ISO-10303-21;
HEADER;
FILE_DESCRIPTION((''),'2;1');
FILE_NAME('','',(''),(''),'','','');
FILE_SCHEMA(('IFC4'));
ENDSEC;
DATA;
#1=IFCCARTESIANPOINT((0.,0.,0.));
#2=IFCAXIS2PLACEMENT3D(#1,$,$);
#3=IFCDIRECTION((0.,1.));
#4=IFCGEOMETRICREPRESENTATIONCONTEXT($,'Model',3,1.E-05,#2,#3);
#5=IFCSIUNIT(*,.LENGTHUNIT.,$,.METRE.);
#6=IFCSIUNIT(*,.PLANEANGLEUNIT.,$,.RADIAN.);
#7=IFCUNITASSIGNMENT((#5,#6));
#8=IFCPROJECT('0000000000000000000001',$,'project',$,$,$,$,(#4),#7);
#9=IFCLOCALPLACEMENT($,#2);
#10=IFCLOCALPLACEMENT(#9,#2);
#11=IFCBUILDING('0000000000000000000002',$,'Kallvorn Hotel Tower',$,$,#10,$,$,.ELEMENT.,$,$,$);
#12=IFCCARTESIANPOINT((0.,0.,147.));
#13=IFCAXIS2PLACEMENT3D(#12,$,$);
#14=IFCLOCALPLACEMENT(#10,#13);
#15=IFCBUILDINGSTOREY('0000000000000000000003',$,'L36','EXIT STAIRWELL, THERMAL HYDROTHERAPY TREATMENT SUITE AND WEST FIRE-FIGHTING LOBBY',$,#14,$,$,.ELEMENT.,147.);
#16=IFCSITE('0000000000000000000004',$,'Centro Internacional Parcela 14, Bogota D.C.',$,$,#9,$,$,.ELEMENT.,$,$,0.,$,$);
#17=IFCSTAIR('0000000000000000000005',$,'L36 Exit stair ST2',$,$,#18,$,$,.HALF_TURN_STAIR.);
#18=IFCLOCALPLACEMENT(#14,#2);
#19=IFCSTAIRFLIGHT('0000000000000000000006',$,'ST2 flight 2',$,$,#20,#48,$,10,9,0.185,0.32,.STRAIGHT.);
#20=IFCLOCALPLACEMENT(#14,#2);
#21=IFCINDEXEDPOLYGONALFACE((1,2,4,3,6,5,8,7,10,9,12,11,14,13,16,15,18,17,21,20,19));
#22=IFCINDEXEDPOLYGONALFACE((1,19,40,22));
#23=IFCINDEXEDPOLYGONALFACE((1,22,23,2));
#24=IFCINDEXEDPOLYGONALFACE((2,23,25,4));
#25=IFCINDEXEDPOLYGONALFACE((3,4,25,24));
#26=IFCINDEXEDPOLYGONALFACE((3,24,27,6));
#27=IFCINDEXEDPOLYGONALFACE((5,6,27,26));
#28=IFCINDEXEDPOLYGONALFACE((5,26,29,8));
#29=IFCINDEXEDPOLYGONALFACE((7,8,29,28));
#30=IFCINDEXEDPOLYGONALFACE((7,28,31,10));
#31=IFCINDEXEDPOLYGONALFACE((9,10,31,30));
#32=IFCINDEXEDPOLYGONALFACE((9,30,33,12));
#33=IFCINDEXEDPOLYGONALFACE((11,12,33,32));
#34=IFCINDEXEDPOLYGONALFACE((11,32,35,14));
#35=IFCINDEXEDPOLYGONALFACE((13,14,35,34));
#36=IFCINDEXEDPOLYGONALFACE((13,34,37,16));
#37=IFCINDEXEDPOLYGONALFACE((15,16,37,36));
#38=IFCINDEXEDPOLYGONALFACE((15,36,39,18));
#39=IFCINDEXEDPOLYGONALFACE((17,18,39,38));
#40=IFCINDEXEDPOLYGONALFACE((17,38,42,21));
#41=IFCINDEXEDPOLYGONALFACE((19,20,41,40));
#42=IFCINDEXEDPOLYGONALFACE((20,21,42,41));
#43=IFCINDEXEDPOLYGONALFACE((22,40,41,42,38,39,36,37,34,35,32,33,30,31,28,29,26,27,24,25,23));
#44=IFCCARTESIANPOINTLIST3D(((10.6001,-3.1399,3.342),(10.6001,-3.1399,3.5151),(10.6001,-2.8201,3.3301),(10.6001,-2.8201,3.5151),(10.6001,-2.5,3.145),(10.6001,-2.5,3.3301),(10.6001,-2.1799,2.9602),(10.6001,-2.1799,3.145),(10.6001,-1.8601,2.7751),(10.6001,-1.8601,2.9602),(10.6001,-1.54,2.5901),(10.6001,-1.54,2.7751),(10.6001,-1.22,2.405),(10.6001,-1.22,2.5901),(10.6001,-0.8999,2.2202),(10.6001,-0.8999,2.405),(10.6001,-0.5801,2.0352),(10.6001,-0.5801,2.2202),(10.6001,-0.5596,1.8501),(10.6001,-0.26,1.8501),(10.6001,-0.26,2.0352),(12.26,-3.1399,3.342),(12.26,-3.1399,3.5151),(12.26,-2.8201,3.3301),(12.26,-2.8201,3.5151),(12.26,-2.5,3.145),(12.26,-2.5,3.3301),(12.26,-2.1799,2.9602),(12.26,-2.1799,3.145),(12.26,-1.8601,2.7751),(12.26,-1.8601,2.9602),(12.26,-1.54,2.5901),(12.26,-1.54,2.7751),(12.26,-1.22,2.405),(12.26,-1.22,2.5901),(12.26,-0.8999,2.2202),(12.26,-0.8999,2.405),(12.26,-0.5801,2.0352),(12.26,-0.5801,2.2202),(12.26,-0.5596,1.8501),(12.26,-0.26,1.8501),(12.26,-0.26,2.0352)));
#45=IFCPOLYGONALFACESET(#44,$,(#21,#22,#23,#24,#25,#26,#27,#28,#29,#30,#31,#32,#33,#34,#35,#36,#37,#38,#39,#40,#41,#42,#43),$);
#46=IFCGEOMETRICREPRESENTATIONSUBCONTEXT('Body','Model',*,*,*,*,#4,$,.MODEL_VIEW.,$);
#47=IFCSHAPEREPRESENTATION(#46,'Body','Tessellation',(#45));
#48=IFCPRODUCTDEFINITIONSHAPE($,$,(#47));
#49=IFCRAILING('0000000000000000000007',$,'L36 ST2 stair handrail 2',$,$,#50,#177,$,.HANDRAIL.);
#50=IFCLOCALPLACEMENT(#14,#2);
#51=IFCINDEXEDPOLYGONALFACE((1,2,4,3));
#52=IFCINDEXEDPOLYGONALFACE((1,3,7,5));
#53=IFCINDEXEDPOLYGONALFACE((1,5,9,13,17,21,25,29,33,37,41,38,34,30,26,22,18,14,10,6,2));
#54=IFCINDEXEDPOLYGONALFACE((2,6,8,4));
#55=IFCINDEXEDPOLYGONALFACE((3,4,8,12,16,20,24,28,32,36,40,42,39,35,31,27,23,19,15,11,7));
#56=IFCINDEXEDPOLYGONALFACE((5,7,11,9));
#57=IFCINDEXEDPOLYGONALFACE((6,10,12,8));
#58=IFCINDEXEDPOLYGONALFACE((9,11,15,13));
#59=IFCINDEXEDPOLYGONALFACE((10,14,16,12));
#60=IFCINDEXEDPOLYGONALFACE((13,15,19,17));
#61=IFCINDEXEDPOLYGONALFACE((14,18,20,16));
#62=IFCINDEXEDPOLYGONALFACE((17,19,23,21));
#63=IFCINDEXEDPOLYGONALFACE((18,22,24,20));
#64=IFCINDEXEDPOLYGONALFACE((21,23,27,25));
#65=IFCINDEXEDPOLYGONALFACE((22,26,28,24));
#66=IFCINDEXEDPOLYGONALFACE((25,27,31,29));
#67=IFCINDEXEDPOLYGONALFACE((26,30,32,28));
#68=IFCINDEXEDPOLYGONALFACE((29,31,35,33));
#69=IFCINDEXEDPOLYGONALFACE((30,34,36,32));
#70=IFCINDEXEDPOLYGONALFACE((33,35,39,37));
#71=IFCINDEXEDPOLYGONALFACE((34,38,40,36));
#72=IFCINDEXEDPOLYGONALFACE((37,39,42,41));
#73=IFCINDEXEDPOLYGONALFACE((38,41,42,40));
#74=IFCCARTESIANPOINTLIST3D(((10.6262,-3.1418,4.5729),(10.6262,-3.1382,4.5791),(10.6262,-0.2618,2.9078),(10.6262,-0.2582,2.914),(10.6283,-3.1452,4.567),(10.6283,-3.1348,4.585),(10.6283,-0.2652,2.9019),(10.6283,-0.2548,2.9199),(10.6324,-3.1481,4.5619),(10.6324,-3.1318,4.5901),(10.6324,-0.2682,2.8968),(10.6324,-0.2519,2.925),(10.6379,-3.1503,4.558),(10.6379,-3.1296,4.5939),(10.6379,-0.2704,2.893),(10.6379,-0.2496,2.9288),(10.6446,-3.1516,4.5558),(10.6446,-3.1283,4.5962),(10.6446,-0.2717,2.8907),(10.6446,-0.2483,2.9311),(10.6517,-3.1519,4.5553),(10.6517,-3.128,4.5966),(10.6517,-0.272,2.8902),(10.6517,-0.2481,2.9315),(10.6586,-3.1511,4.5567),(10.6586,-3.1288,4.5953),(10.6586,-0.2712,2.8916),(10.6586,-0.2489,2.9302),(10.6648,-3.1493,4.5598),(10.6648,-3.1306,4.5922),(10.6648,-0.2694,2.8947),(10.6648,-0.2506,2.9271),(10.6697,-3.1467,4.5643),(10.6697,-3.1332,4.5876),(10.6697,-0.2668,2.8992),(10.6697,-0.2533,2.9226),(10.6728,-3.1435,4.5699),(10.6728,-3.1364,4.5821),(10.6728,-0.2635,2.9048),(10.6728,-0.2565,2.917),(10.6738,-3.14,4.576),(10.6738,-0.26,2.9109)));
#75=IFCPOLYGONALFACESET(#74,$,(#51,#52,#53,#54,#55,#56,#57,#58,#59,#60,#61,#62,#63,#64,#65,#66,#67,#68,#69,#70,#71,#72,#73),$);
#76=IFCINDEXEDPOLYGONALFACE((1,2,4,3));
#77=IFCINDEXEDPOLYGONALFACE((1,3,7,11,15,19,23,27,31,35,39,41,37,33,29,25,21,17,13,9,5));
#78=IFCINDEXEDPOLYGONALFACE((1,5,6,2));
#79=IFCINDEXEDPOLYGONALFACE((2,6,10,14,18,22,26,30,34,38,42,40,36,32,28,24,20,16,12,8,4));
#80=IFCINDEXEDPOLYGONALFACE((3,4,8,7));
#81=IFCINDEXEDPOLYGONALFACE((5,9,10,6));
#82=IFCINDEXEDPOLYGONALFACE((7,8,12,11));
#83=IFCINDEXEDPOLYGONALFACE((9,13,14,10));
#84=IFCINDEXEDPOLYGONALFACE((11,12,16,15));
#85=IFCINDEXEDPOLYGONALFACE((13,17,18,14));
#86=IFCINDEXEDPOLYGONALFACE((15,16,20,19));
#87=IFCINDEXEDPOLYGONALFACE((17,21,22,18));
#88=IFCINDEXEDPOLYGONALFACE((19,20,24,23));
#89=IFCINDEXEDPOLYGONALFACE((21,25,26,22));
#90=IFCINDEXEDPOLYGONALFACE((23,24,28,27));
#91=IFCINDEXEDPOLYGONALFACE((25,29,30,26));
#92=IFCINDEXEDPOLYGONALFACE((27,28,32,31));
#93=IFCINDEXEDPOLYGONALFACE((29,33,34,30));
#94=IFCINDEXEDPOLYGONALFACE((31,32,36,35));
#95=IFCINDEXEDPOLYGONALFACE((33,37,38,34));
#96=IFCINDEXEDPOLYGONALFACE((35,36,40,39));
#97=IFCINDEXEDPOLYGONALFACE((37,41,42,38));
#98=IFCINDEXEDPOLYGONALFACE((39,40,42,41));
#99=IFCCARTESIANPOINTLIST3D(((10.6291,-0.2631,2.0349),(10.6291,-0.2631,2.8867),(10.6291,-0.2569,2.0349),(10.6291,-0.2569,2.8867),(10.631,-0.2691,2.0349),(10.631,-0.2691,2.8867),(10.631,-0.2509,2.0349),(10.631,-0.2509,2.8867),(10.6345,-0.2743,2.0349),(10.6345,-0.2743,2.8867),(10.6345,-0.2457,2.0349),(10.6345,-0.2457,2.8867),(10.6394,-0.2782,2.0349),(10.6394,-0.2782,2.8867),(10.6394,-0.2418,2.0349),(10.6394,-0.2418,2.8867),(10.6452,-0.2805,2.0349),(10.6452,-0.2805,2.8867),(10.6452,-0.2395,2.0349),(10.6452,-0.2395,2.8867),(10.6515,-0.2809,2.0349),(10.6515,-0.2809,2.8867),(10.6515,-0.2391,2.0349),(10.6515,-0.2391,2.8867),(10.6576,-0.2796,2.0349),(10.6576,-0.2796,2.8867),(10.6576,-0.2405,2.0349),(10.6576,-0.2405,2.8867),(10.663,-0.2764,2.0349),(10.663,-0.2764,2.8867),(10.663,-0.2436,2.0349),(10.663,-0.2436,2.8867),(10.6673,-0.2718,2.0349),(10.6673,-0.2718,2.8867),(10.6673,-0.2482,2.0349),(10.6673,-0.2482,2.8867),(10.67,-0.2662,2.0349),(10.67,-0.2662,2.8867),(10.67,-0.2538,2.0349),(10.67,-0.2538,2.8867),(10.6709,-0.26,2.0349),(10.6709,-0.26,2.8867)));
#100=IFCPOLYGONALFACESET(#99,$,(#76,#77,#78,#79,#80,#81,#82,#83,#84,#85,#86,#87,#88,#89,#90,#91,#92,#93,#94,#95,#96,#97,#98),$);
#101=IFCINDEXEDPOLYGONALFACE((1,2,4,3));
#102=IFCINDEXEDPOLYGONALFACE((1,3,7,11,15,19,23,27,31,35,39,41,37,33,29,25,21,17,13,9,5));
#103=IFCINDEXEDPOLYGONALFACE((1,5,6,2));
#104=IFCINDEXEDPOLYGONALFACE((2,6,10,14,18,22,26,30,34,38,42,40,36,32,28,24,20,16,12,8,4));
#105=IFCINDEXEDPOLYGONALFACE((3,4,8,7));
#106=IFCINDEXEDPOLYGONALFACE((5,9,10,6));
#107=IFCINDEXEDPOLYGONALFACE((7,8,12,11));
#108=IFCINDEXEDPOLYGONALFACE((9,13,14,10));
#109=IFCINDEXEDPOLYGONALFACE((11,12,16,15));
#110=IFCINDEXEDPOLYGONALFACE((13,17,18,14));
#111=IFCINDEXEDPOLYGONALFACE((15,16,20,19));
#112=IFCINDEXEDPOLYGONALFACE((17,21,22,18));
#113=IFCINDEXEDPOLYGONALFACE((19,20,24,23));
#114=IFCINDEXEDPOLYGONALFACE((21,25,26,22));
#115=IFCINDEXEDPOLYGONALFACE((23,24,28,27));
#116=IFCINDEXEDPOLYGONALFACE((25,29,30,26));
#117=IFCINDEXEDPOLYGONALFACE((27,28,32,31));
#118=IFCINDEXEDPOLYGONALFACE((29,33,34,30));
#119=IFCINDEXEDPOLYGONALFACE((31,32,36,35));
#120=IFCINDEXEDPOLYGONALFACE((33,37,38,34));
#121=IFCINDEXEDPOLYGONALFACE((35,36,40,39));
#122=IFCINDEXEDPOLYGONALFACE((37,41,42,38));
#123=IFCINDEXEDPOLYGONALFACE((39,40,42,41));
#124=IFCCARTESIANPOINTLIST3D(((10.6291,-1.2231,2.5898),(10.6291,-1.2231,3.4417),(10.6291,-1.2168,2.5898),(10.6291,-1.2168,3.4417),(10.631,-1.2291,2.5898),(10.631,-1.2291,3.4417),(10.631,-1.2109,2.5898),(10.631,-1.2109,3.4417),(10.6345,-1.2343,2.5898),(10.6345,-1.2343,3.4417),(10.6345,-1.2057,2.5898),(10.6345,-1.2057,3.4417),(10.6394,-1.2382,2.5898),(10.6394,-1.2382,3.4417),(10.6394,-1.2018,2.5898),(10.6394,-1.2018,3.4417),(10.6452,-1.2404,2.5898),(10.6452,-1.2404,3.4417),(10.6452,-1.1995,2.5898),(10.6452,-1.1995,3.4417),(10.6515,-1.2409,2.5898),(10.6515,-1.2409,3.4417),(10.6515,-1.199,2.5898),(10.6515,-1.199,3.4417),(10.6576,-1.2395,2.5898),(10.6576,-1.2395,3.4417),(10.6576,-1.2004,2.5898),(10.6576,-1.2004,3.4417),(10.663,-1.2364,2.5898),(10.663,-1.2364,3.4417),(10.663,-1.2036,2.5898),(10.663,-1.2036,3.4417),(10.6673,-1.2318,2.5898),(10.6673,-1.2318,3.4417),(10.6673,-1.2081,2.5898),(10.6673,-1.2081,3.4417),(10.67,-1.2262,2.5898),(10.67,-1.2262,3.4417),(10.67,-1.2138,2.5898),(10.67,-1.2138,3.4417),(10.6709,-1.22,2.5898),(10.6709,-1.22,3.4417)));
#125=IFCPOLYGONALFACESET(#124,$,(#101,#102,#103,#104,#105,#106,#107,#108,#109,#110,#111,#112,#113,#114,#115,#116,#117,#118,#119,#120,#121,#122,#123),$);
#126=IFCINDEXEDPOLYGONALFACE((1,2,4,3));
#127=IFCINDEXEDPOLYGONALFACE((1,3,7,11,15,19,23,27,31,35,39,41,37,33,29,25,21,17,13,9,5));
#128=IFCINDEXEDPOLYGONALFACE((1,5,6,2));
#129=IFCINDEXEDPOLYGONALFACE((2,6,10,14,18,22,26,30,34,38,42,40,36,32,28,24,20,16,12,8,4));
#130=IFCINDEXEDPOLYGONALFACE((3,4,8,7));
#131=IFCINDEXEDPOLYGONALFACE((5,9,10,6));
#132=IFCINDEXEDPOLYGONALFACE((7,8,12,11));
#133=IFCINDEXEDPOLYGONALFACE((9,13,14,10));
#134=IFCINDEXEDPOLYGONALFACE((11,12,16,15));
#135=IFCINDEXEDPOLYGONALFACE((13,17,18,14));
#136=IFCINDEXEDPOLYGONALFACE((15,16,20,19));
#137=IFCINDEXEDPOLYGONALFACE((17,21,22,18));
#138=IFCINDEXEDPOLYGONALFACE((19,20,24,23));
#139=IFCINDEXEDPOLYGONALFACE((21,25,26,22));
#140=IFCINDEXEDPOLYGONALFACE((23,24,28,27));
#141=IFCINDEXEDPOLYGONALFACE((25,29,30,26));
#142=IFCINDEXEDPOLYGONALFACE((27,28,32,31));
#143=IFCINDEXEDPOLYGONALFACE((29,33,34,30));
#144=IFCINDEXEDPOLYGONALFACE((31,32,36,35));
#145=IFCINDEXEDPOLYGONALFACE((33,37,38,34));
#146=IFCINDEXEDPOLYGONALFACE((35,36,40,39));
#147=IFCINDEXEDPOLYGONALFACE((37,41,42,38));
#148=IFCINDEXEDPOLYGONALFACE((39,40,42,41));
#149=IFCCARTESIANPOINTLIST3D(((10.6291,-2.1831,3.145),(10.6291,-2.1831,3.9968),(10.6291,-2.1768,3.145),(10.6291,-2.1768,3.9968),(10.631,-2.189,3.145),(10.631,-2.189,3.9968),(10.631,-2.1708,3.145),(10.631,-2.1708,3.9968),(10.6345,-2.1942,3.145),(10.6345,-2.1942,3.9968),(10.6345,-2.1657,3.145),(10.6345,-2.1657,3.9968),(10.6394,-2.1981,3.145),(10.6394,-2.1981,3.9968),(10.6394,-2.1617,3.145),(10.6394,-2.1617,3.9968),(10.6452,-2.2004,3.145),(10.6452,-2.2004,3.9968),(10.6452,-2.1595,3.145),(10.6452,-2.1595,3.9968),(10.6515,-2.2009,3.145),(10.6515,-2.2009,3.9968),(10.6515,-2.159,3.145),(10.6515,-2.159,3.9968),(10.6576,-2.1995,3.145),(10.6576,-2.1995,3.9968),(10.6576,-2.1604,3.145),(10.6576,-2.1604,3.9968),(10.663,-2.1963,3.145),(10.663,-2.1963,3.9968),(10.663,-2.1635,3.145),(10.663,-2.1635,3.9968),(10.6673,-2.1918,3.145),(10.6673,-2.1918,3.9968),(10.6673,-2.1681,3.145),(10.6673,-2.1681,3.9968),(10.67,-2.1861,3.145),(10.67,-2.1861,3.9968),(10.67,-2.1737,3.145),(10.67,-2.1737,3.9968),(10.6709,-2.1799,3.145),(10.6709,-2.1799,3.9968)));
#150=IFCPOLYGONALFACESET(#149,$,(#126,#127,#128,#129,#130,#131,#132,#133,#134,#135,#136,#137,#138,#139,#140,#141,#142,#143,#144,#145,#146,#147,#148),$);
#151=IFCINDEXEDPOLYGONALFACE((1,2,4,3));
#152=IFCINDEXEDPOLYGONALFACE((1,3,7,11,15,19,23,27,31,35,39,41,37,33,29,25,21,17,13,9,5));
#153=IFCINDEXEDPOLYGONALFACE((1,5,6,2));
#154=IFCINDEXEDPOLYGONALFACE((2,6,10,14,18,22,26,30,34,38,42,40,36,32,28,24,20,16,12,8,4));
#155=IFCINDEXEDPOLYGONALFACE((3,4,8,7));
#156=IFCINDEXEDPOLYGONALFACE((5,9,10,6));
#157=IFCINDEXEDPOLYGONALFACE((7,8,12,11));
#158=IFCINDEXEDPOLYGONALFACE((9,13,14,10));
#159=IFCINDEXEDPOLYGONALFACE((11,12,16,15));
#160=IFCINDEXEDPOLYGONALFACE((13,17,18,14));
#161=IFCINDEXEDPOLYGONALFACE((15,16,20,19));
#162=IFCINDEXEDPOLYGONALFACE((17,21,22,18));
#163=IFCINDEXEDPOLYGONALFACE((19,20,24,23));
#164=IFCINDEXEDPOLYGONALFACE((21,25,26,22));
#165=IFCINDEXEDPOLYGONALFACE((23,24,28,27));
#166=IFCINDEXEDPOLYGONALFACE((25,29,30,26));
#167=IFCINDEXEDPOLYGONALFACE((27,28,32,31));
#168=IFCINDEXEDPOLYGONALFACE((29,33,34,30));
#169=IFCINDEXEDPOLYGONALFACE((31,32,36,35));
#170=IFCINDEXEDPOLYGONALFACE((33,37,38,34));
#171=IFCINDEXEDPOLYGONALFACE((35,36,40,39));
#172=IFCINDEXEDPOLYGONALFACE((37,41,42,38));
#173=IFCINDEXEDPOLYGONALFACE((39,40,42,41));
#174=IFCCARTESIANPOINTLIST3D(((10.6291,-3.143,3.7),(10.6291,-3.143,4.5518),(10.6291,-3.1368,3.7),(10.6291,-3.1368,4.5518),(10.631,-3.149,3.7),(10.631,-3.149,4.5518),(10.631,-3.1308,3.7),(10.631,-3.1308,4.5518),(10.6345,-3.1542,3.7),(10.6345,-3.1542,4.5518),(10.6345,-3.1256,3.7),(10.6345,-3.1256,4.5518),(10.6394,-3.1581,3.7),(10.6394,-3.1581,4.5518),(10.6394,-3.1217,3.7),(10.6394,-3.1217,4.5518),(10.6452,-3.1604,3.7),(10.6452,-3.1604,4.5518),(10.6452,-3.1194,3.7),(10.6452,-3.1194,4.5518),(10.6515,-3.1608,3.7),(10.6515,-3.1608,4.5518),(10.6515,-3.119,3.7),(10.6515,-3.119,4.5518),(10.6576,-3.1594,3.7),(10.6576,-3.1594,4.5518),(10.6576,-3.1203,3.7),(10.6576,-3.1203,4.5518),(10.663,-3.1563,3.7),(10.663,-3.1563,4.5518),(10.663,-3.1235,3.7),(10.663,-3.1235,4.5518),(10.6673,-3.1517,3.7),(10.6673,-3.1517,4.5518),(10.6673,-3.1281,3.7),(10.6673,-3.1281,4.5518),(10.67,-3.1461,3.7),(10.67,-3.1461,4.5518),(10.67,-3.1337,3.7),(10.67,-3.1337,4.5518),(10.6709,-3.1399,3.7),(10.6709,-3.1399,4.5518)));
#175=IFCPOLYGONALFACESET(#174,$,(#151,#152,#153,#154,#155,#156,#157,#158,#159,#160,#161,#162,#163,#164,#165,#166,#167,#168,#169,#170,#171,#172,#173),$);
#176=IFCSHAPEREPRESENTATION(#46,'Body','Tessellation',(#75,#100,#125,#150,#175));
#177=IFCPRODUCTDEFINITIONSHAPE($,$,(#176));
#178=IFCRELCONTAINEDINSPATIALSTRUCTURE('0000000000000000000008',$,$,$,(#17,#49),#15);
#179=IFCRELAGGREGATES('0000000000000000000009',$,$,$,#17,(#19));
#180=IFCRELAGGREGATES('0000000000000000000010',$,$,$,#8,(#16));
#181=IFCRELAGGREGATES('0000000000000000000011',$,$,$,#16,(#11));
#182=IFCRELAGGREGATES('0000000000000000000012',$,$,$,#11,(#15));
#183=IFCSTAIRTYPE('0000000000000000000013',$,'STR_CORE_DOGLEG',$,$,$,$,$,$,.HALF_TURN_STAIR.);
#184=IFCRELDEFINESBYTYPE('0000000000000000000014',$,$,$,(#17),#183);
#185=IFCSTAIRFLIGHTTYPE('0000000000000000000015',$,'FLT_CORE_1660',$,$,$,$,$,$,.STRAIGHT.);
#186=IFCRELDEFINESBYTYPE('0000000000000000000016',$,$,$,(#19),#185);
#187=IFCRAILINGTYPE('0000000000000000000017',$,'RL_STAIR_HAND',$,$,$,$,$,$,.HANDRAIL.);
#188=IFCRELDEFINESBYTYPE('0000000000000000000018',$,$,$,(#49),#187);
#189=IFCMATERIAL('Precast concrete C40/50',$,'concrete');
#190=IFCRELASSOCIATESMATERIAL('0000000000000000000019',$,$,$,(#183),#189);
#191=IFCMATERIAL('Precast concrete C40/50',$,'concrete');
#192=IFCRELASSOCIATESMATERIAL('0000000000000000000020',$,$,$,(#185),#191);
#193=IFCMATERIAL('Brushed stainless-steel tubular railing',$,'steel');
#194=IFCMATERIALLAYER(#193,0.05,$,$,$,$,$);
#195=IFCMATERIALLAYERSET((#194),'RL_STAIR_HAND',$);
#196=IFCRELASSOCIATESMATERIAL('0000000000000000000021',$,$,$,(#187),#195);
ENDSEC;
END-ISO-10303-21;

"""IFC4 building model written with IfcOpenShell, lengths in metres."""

from ifc_helpers import new_model, si_unit, direction, frame, origin, origin_2d, place, context, subcontext, project, spatial, polyline, circle, outline, extrude, material, layer, layer_set, type_object, element, aggregate, save


model = new_model("IFC4")

# Units and contexts
model_context = context("Model", 3, precision=1e-05, world=origin(), true_north=direction((0.0, 1.0)))
body_context = subcontext(model_context, "Body", "Model", "MODEL_VIEW")
ifc_project = project(units=[si_unit("LENGTHUNIT", "METRE"), si_unit("PLANEANGLEUNIT", "RADIAN")], contexts=[model_context])

# Site, building, storey
site_placement = place(None, origin())
site = spatial("IfcSite", under=ifc_project, at=site_placement, Name="Centro Internacional Parcela 14, Bogota D.C.", CompositionType="ELEMENT", RefElevation=0.0)
building_placement = place(site_placement, origin())
building = spatial("IfcBuilding", under=site, at=building_placement, Name="Kallvorn Hotel Tower", CompositionType="ELEMENT")
storey_placement = place(building_placement, frame((0.0, 0.0, 147.0)))
storey = spatial("IfcBuildingStorey", under=building, at=storey_placement, Name="L36", Description="EXIT STAIRWELL, THERMAL HYDROTHERAPY TREATMENT SUITE AND WEST FIRE-FIGHTING LOBBY", CompositionType="ELEMENT", Elevation=147.0)

# Stair, stair flight
ifc_material_1 = material(Name="Precast concrete C40/50", Category="concrete")
stair_type = type_object("IfcStairType", Name="STR_CORE_DOGLEG", PredefinedType="HALF_TURN_STAIR", material=ifc_material_1)
stair_placement = place(storey_placement, origin())
stair = element("IfcStair", 1, at=stair_placement, inside=storey, type_object=stair_type, Name="L36 Exit stair ST2", PredefinedType="HALF_TURN_STAIR")
ifc_material_2 = material(Name="Precast concrete C40/50", Category="concrete")
stair_flight_type = type_object("IfcStairFlightType", Name="FLT_CORE_1660", PredefinedType="STRAIGHT", material=ifc_material_2)
stair_flight_placement = place(storey_placement, frame((11.4299, -0.26, 1.8501), z_axis=(0.0, 0.0, 1.0), x_axis=(0.0, -1.0, 0.0)))
stair_flight = element("IfcStairFlight", 2, at=stair_flight_placement, type_object=stair_flight_type, Name="ST2 flight 2", NumberOfRisers=10, NumberOfTreads=9, PredefinedType="STRAIGHT", RiserHeight=0.185, TreadLength=0.32, context=body_context, shape_type="SweptSolid", body=[
    extrude(outline(polyline([(0.0, 0.0), (0.0, 0.1851), (0.3201, 0.1851), (0.3201, 0.3701), (0.6399, 0.3701), (0.6399, 0.5549), (0.96, 0.5549), (0.96, 0.74), (1.28, 0.74), (1.28, 0.925), (1.6001, 0.925), (1.6001, 1.1101), (1.9199, 1.1101), (1.9199, 1.2949), (2.24, 1.2949), (2.24, 1.48), (2.5601, 1.48), (2.5601, 1.665), (2.8799, 1.665), (2.8799, 1.8501), (2.8799, 1.4919), (0.2996, 0.0), (0.0, 0.0)])), frame((0.0, 0.8301, 0.0), z_axis=(0.0, -1.0, 0.0), x_axis=(1.0, 0.0, 0.0)), (0.0, 0.0, 1.0), 1.6599),
])
aggregate(stair, [stair_flight])

# Railing
ifc_material_3 = material(Name="Brushed stainless-steel tubular railing", Category="steel")
ifc_layer_1 = layer(ifc_material_3, 0.05)
ifc_layer_set_1 = layer_set([ifc_layer_1], Name="RL_STAIR_HAND")
railing_type = type_object("IfcRailingType", Name="RL_STAIR_HAND", PredefinedType="HANDRAIL", material=ifc_layer_set_1)
railing_placement = place(storey_placement, frame((10.6499, -0.26, 2.0349)))
element("IfcRailing", 3, at=railing_placement, inside=storey, type_object=railing_type, Name="L36 ST2 stair handrail 2", PredefinedType="HANDRAIL", context=body_context, shape_type="SweptSolid", body=[
    extrude(circle(Radius=0.0239, at=origin_2d()), frame((0.0, 0.0, 0.876), z_axis=(0.0, -0.865721, 0.500527), x_axis=(1.0, 0.0, 0.0)), (0.0, 0.0, 1.0), 3.3267),
    extrude(circle(Radius=0.021, at=origin_2d()), origin(), (0.0, 0.0, 1.0), 0.8518),
    extrude(circle(Radius=0.021, at=origin_2d()), frame((0.0, -0.96, 0.5549)), (0.0, 0.0, 1.0), 0.8518),
    extrude(circle(Radius=0.021, at=origin_2d()), frame((0.0, -1.9199, 1.1101)), (0.0, 0.0, 1.0), 0.8518),
    extrude(circle(Radius=0.021, at=origin_2d()), frame((0.0, -2.8799, 1.665)), (0.0, 0.0, 1.0), 0.8518),
])

save(model, "model.ifc")
